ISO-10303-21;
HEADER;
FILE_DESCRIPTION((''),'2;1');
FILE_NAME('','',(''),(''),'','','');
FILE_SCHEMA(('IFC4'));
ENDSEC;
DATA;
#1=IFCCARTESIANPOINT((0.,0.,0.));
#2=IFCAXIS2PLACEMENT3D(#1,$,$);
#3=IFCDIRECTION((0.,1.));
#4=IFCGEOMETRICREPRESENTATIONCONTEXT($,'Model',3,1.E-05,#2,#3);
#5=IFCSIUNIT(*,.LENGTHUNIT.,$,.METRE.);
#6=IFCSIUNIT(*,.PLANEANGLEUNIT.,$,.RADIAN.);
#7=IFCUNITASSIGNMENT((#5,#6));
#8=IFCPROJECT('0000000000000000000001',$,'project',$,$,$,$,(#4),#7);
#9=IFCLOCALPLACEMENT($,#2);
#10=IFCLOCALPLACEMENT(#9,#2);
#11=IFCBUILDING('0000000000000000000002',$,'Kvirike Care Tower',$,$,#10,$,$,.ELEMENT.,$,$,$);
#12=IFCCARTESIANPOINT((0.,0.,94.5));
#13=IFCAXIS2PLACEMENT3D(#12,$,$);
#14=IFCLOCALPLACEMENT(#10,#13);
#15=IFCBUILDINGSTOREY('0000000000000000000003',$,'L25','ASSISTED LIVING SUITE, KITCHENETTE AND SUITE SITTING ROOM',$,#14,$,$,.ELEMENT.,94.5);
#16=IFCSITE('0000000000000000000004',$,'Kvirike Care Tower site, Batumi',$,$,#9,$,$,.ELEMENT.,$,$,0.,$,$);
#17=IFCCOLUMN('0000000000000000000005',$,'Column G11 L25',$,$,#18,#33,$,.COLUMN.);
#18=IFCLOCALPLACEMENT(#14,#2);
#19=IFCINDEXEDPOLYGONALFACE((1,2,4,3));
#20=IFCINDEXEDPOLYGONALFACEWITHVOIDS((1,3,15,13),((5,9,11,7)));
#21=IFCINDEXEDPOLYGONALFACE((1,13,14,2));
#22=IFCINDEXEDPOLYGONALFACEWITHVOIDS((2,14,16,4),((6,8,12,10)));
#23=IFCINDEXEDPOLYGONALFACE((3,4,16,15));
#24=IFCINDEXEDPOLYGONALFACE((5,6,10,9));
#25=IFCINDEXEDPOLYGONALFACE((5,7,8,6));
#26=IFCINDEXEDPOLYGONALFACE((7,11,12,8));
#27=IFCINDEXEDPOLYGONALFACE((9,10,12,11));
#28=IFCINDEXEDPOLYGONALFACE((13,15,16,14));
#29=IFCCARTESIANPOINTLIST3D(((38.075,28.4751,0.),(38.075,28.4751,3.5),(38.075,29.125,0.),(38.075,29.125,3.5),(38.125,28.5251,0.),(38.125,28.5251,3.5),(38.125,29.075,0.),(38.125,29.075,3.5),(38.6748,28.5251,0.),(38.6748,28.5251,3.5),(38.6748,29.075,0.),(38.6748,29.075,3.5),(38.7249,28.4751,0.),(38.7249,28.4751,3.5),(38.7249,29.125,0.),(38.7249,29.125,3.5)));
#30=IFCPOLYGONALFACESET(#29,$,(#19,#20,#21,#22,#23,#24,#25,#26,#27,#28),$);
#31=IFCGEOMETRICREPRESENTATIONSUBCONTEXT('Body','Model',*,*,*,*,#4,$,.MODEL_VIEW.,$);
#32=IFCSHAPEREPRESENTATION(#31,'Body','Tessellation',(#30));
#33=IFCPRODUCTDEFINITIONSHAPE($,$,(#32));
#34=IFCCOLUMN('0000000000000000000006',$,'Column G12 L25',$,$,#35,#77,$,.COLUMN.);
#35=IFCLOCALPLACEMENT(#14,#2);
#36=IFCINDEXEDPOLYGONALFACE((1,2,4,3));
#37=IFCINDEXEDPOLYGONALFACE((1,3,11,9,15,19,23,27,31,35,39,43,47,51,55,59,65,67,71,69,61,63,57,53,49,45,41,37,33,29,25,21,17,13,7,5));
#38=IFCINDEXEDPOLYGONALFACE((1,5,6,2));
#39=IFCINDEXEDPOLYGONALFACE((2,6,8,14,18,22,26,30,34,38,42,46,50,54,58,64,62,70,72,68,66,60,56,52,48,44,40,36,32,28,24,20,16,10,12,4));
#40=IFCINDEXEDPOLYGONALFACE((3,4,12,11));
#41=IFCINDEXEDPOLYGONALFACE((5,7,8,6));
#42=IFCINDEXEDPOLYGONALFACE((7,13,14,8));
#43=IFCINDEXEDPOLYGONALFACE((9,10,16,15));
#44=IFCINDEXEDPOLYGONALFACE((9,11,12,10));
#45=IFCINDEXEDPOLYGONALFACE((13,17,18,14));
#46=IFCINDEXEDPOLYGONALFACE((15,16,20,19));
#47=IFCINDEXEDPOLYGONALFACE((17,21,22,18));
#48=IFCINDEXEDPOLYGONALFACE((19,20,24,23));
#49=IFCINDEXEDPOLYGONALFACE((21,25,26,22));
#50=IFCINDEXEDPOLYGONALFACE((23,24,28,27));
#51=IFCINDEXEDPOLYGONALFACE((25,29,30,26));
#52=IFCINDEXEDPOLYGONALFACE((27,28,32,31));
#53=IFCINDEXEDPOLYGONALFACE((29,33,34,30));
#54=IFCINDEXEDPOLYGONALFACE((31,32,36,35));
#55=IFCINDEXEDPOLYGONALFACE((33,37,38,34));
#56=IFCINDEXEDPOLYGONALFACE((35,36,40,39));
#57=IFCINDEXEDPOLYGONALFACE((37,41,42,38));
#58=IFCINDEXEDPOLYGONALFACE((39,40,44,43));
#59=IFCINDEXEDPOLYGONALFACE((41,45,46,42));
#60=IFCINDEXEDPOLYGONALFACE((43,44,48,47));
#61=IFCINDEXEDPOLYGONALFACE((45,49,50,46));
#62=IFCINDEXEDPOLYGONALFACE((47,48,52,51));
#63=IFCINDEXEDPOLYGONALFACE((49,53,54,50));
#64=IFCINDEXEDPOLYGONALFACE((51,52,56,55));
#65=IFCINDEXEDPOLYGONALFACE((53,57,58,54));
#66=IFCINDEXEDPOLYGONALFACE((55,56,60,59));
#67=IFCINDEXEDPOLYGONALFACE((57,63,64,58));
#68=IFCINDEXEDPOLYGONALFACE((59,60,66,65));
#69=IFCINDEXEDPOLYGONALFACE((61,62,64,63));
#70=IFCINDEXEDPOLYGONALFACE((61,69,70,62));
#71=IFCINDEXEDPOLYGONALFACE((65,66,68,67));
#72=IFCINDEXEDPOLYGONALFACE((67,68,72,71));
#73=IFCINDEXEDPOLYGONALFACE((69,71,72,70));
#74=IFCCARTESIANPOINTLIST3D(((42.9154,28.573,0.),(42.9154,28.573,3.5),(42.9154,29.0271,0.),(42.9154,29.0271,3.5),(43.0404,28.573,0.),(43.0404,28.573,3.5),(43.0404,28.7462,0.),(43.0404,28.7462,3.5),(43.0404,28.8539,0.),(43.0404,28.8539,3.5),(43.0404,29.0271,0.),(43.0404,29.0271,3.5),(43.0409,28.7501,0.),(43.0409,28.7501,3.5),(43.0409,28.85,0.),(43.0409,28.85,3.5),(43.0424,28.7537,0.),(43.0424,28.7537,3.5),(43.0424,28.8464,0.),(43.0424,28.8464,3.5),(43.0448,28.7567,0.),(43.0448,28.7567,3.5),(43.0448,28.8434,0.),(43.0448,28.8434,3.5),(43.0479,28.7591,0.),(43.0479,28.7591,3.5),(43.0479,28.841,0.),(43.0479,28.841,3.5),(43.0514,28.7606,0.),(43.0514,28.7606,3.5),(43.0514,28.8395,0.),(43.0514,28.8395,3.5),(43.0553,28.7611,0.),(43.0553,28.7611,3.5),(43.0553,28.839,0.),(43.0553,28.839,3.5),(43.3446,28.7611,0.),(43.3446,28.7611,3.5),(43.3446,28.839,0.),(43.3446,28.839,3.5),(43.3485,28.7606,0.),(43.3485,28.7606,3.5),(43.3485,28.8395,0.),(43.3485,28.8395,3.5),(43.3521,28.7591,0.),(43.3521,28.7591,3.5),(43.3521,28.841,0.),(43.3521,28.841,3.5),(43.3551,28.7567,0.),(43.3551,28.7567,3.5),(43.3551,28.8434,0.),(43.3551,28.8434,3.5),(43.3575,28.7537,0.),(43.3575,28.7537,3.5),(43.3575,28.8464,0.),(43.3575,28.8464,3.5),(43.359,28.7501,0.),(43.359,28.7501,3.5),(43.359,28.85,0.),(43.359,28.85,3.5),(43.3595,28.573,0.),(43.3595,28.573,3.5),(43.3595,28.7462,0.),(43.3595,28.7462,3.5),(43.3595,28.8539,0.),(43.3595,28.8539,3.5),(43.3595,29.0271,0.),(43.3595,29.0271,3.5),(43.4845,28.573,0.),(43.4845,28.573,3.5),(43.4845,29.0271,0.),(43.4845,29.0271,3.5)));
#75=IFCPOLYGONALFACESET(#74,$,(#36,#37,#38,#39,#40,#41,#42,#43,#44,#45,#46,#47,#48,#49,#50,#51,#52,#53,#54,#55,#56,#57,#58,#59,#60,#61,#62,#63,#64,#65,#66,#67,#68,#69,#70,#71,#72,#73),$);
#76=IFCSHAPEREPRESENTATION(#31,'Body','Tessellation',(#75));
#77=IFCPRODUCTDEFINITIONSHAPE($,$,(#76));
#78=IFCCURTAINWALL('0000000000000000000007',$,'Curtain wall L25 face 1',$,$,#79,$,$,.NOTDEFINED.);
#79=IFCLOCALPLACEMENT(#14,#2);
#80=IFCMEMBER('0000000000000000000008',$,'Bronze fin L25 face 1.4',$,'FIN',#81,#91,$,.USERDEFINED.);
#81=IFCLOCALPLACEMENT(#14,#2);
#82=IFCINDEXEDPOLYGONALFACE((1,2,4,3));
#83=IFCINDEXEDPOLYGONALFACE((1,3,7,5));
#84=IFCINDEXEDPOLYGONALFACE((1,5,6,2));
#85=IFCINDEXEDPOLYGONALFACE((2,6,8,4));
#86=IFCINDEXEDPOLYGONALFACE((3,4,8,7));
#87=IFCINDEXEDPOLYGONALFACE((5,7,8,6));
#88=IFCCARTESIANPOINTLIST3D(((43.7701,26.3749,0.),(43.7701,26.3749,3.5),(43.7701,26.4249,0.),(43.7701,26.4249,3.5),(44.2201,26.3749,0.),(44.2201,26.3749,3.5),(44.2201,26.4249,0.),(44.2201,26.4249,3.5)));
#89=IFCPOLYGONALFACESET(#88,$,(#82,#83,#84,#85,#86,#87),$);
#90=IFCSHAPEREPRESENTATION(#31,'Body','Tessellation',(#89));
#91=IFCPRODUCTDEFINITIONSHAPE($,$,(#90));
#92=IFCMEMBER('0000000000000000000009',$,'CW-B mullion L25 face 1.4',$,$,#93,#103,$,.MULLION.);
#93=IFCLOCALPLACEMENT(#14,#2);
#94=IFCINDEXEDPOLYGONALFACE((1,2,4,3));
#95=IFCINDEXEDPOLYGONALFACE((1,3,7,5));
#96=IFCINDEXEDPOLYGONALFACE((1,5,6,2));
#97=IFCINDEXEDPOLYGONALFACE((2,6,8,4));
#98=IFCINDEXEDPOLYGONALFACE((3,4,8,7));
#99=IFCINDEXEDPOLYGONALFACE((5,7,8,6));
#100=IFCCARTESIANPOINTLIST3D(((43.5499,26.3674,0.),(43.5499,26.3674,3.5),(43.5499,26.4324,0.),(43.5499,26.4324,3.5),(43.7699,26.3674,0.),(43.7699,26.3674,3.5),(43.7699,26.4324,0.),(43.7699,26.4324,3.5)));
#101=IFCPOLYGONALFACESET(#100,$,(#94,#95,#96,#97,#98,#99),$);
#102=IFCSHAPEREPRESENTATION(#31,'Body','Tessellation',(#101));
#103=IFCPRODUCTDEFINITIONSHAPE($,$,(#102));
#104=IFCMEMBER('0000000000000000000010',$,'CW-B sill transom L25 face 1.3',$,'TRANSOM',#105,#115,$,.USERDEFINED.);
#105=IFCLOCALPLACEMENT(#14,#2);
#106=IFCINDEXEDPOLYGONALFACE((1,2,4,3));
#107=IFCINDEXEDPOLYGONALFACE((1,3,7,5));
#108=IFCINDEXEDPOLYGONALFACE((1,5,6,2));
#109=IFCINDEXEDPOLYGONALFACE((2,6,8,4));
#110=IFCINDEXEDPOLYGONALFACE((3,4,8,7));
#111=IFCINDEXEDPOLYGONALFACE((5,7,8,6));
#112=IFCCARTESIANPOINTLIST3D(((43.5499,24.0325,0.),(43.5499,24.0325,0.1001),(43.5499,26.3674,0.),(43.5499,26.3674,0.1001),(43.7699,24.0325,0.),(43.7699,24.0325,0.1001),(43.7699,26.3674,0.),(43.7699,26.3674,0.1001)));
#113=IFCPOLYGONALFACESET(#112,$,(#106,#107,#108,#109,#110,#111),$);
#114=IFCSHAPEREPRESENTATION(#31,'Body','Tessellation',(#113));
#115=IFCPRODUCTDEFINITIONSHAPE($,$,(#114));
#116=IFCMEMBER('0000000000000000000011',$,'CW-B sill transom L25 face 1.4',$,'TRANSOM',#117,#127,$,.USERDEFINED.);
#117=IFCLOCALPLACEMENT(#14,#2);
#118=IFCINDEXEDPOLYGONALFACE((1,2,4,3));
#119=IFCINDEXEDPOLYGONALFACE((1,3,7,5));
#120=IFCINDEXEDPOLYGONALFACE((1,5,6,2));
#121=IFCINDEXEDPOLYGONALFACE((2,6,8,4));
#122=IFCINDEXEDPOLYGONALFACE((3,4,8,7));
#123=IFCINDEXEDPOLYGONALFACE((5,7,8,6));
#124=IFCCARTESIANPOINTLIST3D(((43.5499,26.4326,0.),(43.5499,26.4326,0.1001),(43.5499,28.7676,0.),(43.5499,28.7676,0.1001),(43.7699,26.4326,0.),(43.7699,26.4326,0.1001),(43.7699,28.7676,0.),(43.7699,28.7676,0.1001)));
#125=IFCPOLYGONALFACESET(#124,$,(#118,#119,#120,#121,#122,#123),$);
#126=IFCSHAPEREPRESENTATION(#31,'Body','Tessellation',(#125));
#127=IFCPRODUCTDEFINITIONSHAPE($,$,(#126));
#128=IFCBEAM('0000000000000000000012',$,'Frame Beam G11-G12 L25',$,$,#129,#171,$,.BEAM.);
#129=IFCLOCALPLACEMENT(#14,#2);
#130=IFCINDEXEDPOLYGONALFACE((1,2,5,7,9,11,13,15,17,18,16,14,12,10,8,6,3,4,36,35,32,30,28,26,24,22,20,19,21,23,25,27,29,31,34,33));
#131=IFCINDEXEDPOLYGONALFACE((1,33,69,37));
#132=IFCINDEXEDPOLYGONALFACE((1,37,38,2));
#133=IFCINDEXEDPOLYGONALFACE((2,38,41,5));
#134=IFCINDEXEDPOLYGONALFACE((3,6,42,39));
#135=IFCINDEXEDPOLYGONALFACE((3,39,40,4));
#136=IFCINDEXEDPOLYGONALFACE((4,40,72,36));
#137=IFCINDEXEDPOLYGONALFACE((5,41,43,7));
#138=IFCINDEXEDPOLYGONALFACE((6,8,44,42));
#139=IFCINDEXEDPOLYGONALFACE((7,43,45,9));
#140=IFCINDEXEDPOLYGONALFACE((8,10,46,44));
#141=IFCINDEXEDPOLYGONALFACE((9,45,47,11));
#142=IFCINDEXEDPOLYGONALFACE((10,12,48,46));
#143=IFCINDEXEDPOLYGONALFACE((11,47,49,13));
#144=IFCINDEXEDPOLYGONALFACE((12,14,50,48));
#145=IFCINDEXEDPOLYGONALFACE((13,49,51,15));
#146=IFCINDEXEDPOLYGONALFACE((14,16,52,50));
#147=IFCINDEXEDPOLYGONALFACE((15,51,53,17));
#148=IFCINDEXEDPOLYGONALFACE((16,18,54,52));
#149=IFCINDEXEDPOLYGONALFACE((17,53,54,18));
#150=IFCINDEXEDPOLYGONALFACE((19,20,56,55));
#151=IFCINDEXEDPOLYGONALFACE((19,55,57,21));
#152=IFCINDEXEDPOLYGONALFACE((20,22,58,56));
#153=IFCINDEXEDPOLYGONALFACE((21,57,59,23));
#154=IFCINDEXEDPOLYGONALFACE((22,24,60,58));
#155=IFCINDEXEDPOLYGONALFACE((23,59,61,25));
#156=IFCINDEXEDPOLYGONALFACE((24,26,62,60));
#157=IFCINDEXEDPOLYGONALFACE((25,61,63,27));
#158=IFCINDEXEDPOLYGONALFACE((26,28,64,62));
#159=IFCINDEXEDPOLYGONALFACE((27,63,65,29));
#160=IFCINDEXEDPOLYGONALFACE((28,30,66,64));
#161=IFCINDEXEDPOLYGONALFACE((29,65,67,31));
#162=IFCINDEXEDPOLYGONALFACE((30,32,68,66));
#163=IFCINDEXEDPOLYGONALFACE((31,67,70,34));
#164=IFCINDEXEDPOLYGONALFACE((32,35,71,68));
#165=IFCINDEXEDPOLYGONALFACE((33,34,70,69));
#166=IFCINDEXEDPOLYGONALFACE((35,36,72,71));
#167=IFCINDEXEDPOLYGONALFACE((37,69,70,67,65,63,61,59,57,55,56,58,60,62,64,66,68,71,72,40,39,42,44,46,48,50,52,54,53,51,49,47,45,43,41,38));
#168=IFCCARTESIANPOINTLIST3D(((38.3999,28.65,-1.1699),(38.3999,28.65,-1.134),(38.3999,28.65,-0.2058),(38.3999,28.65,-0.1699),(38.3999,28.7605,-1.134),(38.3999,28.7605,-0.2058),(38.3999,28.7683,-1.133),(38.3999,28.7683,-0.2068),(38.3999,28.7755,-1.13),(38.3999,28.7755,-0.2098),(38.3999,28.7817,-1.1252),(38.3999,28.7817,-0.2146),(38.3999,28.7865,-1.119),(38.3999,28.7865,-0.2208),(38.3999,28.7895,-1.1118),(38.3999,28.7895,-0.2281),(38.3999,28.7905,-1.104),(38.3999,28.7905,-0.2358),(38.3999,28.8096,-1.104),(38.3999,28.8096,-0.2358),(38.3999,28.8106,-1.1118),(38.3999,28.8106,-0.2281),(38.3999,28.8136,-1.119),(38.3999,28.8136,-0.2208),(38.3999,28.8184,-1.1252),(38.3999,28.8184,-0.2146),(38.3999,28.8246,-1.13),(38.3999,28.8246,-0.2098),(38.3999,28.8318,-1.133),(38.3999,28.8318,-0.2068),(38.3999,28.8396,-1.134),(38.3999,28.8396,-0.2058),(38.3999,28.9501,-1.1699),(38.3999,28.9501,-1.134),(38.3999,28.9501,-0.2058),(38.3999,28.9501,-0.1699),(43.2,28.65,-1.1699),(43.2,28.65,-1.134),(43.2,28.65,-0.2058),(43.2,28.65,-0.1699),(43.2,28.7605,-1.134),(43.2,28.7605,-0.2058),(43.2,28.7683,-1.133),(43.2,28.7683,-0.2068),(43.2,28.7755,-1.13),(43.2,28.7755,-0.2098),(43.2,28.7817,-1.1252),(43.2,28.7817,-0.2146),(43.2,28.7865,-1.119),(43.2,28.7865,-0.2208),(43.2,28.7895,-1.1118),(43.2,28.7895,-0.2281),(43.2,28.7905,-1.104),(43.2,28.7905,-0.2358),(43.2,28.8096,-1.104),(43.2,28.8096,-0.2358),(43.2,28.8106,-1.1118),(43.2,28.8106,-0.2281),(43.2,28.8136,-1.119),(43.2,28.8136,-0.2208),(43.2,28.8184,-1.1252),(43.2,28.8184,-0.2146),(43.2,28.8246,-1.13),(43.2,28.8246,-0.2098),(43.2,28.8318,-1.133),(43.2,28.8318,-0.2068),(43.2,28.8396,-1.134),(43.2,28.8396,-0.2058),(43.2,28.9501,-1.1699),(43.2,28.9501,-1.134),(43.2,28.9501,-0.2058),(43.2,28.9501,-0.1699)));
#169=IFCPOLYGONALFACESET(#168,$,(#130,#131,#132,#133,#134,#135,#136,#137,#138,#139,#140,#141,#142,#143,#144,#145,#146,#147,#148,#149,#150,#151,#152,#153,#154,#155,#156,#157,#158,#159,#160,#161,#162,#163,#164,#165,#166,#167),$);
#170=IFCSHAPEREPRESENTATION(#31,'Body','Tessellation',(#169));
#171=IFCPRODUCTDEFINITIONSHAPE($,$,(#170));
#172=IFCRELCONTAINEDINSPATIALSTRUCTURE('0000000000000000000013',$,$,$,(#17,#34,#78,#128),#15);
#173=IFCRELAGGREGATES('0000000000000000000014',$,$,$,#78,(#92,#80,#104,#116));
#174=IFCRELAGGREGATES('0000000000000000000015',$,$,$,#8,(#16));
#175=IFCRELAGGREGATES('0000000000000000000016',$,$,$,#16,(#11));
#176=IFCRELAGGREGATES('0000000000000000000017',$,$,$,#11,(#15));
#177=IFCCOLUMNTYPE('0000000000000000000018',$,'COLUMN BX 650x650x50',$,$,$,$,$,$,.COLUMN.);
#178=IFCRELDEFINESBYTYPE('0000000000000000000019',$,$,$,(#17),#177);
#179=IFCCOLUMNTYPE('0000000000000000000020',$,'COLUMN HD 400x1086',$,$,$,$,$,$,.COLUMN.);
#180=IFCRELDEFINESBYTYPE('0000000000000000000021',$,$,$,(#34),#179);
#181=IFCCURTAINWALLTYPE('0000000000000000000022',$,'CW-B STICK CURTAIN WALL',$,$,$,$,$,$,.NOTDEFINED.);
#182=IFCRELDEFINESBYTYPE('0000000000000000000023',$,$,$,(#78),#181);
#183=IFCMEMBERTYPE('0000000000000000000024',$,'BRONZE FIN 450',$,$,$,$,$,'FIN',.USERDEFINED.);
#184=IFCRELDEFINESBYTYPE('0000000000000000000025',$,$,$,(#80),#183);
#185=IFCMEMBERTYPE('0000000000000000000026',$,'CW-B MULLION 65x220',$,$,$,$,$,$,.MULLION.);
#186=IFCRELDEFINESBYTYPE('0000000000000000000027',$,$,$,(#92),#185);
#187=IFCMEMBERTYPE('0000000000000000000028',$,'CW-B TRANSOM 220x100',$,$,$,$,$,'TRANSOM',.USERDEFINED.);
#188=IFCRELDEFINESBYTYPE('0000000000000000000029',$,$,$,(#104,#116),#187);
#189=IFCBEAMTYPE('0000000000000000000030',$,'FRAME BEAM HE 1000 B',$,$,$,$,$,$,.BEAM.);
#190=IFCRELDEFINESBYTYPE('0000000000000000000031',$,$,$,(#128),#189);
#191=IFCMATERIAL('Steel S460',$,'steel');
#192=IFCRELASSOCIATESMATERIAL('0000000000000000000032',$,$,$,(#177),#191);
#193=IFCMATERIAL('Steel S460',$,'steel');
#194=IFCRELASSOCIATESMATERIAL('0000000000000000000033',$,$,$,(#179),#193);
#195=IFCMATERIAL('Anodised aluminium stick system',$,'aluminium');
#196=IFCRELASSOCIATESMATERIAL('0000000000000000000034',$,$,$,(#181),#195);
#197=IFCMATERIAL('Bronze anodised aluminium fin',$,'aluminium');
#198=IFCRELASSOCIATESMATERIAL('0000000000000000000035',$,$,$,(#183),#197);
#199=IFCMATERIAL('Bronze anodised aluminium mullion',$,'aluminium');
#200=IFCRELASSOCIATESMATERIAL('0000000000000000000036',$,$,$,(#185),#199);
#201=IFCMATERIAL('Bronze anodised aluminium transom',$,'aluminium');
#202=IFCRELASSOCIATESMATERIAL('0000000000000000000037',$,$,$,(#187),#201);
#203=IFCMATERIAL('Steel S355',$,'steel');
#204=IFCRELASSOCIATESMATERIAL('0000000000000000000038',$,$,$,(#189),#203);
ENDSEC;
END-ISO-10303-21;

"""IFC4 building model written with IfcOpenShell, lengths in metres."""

from ifc_helpers import new_model, si_unit, direction, frame, origin, origin_2d, place, context, subcontext, project, spatial, rectangle, hollow_rectangle, i_section, extrude, material, material_profile, profile_set, type_object, element, aggregate, save


model = new_model("IFC4")

# Units and contexts
model_context = context("Model", 3, precision=1e-05, world=origin(), true_north=direction((0.0, 1.0)))
body_context = subcontext(model_context, "Body", "Model", "MODEL_VIEW")
ifc_project = project(units=[si_unit("LENGTHUNIT", "METRE"), si_unit("PLANEANGLEUNIT", "RADIAN")], contexts=[model_context])

# Site, building, storey
site_placement = place(None, origin())
site = spatial("IfcSite", under=ifc_project, at=site_placement, Name="Kvirike Care Tower site, Batumi", CompositionType="ELEMENT", RefElevation=0.0)
building_placement = place(site_placement, origin())
building = spatial("IfcBuilding", under=site, at=building_placement, Name="Kvirike Care Tower", CompositionType="ELEMENT")
storey_placement = place(building_placement, frame((0.0, 0.0, 94.5)))
storey = spatial("IfcBuildingStorey", under=building, at=storey_placement, Name="L25", Description="ASSISTED LIVING SUITE, KITCHENETTE AND SUITE SITTING ROOM", CompositionType="ELEMENT", Elevation=94.5)

# Columns
ifc_material_1 = material(Name="Steel S460", Category="steel")
ifc_material_profile_1 = material_profile(ifc_material_1, hollow_rectangle(XDim=0.6499, YDim=0.6499, WallThickness=0.05, at=origin_2d()), Name="BX 650x650x50")
ifc_profile_set_1 = profile_set([ifc_material_profile_1], Name="Steel S460")
column_type_1 = type_object("IfcColumnType", Name="COLUMN BX 650x650x50", PredefinedType="COLUMN", material=ifc_profile_set_1)
column_1_placement = place(storey_placement, frame((38.3999, 28.8, 0.0), z_axis=(0.0, 0.0, 1.0), x_axis=(0.0, 1.0, 0.0)))
element("IfcColumn", 1, at=column_1_placement, inside=storey, type_object=column_type_1, Name="Column G11 L25", PredefinedType="COLUMN", context=body_context, shape_type="SweptSolid", body=[
    extrude(hollow_rectangle(XDim=0.6499, YDim=0.6499, WallThickness=0.05, at=origin_2d()), origin(), (0.0, 0.0, 1.0), 3.5),
])
ifc_material_2 = material(Name="Steel S460", Category="steel")
ifc_material_profile_2 = material_profile(ifc_material_2, i_section(OverallWidth=0.4541, OverallDepth=0.5691, WebThickness=0.0779, FlangeThickness=0.125, FilletRadius=0.0149, at=origin_2d()), Name="HD 400x1086")
ifc_profile_set_2 = profile_set([ifc_material_profile_2], Name="Steel S460")
column_type_2 = type_object("IfcColumnType", Name="COLUMN HD 400x1086", PredefinedType="COLUMN", material=ifc_profile_set_2)
column_2_placement = place(storey_placement, frame((43.2, 28.8, 0.0), z_axis=(0.0, 0.0, 1.0), x_axis=(0.0, 1.0, 0.0)))
element("IfcColumn", 2, at=column_2_placement, inside=storey, type_object=column_type_2, Name="Column G12 L25", PredefinedType="COLUMN", context=body_context, shape_type="SweptSolid", body=[
    extrude(i_section(OverallWidth=0.4541, OverallDepth=0.5691, WebThickness=0.0779, FlangeThickness=0.125, FilletRadius=0.0149, at=origin_2d()), origin(), (0.0, 0.0, 1.0), 3.5),
])

# Curtain wall, members
ifc_material_3 = material(Name="Anodised aluminium stick system", Category="aluminium")
curtain_wall_type = type_object("IfcCurtainWallType", Name="CW-B STICK CURTAIN WALL", PredefinedType="NOTDEFINED", material=ifc_material_3)
curtain_wall_placement = place(storey_placement, origin())
curtain_wall = element("IfcCurtainWall", 3, at=curtain_wall_placement, inside=storey, type_object=curtain_wall_type, Name="Curtain wall L25 face 1", PredefinedType="NOTDEFINED")
ifc_material_4 = material(Name="Bronze anodised aluminium fin", Category="aluminium")
ifc_material_profile_3 = material_profile(ifc_material_4, rectangle(XDim=0.05, YDim=0.45, at=origin_2d()), Name="BRONZE FIN 450")
ifc_profile_set_3 = profile_set([ifc_material_profile_3], Name="Bronze anodised aluminium fin")
member_type_1 = type_object("IfcMemberType", Name="BRONZE FIN 450", ElementType="FIN", PredefinedType="USERDEFINED", material=ifc_profile_set_3)
member_1_placement = place(storey_placement, frame((43.9951, 26.3999, 0.0), z_axis=(0.0, 0.0, 1.0), x_axis=(0.0, 1.0, 0.0)))
member_1 = element("IfcMember", 4, at=member_1_placement, type_object=member_type_1, Name="Bronze fin L25 face 1.4", ObjectType="FIN", PredefinedType="USERDEFINED", context=body_context, shape_type="SweptSolid", body=[
    extrude(rectangle(XDim=0.05, YDim=0.45, at=origin_2d()), origin(), (0.0, 0.0, 1.0), 3.5),
])
ifc_material_5 = material(Name="Bronze anodised aluminium mullion", Category="aluminium")
ifc_material_profile_4 = material_profile(ifc_material_5, rectangle(XDim=0.0649, YDim=0.22, at=origin_2d()), Name="CW-B MULLION 65x220")
ifc_profile_set_4 = profile_set([ifc_material_profile_4], Name="Bronze anodised aluminium mullion")
member_type_2 = type_object("IfcMemberType", Name="CW-B MULLION 65x220", PredefinedType="MULLION", material=ifc_profile_set_4)
member_2_placement = place(storey_placement, frame((43.6599, 26.3999, 0.0), z_axis=(0.0, 0.0, 1.0), x_axis=(0.0, 1.0, 0.0)))
member_2 = element("IfcMember", 5, at=member_2_placement, type_object=member_type_2, Name="CW-B mullion L25 face 1.4", PredefinedType="MULLION", context=body_context, shape_type="SweptSolid", body=[
    extrude(rectangle(XDim=0.0649, YDim=0.22, at=origin_2d()), origin(), (0.0, 0.0, 1.0), 3.5),
])
ifc_material_6 = material(Name="Bronze anodised aluminium transom", Category="aluminium")
ifc_material_profile_5 = material_profile(ifc_material_6, rectangle(XDim=0.22, YDim=0.1001, at=origin_2d()), Name="CW-B TRANSOM 220x100")
ifc_profile_set_5 = profile_set([ifc_material_profile_5], Name="Bronze anodised aluminium transom")
member_type_3 = type_object("IfcMemberType", Name="CW-B TRANSOM 220x100", ElementType="TRANSOM", PredefinedType="USERDEFINED", material=ifc_profile_set_5)
member_3_placement = place(storey_placement, frame((43.6599, 24.0325, 0.05), z_axis=(0.0, 1.0, 0.0), x_axis=(-1.0, 0.0, 0.0)))
member_3 = element("IfcMember", 6, at=member_3_placement, type_object=member_type_3, Name="CW-B sill transom L25 face 1.3", ObjectType="TRANSOM", PredefinedType="USERDEFINED", context=body_context, shape_type="SweptSolid", body=[
    extrude(rectangle(XDim=0.22, YDim=0.1001, at=origin_2d()), origin(), (0.0, 0.0, 1.0), 2.335),
])
member_4_placement = place(storey_placement, frame((43.6599, 26.4326, 0.05), z_axis=(0.0, 1.0, 0.0), x_axis=(-1.0, 0.0, 0.0)))
member_4 = element("IfcMember", 7, at=member_4_placement, type_object=member_type_3, Name="CW-B sill transom L25 face 1.4", ObjectType="TRANSOM", PredefinedType="USERDEFINED", context=body_context, shape_type="SweptSolid", body=[
    extrude(rectangle(XDim=0.22, YDim=0.1001, at=origin_2d()), origin(), (0.0, 0.0, 1.0), 2.335),
])

# Beam
ifc_material_7 = material(Name="Steel S355", Category="steel")
ifc_material_profile_6 = material_profile(ifc_material_7, i_section(OverallWidth=0.3, OverallDepth=1.0, WebThickness=0.019, FlangeThickness=0.0359, FilletRadius=0.03, at=origin_2d()), Name="HE 1000 B")
ifc_profile_set_6 = profile_set([ifc_material_profile_6], Name="Steel S355")
beam_type_1 = type_object("IfcBeamType", Name="FRAME BEAM HE 1000 B", PredefinedType="BEAM", material=ifc_profile_set_6)
beam_1_placement = place(storey_placement, frame((38.3999, 28.8, -0.6699), z_axis=(1.0, 0.0, 0.0), x_axis=(0.0, 1.0, 0.0)))
element("IfcBeam", 8, at=beam_1_placement, inside=storey, type_object=beam_type_1, Name="Frame Beam G11-G12 L25", PredefinedType="BEAM", context=body_context, shape_type="SweptSolid", body=[
    extrude(i_section(OverallWidth=0.3, OverallDepth=1.0, WebThickness=0.019, FlangeThickness=0.0359, FilletRadius=0.03, at=origin_2d()), origin(), (0.0, 0.0, 1.0), 4.8),
])

aggregate(curtain_wall, [member_2, member_1, member_3, member_4])

save(model, "model.ifc")
